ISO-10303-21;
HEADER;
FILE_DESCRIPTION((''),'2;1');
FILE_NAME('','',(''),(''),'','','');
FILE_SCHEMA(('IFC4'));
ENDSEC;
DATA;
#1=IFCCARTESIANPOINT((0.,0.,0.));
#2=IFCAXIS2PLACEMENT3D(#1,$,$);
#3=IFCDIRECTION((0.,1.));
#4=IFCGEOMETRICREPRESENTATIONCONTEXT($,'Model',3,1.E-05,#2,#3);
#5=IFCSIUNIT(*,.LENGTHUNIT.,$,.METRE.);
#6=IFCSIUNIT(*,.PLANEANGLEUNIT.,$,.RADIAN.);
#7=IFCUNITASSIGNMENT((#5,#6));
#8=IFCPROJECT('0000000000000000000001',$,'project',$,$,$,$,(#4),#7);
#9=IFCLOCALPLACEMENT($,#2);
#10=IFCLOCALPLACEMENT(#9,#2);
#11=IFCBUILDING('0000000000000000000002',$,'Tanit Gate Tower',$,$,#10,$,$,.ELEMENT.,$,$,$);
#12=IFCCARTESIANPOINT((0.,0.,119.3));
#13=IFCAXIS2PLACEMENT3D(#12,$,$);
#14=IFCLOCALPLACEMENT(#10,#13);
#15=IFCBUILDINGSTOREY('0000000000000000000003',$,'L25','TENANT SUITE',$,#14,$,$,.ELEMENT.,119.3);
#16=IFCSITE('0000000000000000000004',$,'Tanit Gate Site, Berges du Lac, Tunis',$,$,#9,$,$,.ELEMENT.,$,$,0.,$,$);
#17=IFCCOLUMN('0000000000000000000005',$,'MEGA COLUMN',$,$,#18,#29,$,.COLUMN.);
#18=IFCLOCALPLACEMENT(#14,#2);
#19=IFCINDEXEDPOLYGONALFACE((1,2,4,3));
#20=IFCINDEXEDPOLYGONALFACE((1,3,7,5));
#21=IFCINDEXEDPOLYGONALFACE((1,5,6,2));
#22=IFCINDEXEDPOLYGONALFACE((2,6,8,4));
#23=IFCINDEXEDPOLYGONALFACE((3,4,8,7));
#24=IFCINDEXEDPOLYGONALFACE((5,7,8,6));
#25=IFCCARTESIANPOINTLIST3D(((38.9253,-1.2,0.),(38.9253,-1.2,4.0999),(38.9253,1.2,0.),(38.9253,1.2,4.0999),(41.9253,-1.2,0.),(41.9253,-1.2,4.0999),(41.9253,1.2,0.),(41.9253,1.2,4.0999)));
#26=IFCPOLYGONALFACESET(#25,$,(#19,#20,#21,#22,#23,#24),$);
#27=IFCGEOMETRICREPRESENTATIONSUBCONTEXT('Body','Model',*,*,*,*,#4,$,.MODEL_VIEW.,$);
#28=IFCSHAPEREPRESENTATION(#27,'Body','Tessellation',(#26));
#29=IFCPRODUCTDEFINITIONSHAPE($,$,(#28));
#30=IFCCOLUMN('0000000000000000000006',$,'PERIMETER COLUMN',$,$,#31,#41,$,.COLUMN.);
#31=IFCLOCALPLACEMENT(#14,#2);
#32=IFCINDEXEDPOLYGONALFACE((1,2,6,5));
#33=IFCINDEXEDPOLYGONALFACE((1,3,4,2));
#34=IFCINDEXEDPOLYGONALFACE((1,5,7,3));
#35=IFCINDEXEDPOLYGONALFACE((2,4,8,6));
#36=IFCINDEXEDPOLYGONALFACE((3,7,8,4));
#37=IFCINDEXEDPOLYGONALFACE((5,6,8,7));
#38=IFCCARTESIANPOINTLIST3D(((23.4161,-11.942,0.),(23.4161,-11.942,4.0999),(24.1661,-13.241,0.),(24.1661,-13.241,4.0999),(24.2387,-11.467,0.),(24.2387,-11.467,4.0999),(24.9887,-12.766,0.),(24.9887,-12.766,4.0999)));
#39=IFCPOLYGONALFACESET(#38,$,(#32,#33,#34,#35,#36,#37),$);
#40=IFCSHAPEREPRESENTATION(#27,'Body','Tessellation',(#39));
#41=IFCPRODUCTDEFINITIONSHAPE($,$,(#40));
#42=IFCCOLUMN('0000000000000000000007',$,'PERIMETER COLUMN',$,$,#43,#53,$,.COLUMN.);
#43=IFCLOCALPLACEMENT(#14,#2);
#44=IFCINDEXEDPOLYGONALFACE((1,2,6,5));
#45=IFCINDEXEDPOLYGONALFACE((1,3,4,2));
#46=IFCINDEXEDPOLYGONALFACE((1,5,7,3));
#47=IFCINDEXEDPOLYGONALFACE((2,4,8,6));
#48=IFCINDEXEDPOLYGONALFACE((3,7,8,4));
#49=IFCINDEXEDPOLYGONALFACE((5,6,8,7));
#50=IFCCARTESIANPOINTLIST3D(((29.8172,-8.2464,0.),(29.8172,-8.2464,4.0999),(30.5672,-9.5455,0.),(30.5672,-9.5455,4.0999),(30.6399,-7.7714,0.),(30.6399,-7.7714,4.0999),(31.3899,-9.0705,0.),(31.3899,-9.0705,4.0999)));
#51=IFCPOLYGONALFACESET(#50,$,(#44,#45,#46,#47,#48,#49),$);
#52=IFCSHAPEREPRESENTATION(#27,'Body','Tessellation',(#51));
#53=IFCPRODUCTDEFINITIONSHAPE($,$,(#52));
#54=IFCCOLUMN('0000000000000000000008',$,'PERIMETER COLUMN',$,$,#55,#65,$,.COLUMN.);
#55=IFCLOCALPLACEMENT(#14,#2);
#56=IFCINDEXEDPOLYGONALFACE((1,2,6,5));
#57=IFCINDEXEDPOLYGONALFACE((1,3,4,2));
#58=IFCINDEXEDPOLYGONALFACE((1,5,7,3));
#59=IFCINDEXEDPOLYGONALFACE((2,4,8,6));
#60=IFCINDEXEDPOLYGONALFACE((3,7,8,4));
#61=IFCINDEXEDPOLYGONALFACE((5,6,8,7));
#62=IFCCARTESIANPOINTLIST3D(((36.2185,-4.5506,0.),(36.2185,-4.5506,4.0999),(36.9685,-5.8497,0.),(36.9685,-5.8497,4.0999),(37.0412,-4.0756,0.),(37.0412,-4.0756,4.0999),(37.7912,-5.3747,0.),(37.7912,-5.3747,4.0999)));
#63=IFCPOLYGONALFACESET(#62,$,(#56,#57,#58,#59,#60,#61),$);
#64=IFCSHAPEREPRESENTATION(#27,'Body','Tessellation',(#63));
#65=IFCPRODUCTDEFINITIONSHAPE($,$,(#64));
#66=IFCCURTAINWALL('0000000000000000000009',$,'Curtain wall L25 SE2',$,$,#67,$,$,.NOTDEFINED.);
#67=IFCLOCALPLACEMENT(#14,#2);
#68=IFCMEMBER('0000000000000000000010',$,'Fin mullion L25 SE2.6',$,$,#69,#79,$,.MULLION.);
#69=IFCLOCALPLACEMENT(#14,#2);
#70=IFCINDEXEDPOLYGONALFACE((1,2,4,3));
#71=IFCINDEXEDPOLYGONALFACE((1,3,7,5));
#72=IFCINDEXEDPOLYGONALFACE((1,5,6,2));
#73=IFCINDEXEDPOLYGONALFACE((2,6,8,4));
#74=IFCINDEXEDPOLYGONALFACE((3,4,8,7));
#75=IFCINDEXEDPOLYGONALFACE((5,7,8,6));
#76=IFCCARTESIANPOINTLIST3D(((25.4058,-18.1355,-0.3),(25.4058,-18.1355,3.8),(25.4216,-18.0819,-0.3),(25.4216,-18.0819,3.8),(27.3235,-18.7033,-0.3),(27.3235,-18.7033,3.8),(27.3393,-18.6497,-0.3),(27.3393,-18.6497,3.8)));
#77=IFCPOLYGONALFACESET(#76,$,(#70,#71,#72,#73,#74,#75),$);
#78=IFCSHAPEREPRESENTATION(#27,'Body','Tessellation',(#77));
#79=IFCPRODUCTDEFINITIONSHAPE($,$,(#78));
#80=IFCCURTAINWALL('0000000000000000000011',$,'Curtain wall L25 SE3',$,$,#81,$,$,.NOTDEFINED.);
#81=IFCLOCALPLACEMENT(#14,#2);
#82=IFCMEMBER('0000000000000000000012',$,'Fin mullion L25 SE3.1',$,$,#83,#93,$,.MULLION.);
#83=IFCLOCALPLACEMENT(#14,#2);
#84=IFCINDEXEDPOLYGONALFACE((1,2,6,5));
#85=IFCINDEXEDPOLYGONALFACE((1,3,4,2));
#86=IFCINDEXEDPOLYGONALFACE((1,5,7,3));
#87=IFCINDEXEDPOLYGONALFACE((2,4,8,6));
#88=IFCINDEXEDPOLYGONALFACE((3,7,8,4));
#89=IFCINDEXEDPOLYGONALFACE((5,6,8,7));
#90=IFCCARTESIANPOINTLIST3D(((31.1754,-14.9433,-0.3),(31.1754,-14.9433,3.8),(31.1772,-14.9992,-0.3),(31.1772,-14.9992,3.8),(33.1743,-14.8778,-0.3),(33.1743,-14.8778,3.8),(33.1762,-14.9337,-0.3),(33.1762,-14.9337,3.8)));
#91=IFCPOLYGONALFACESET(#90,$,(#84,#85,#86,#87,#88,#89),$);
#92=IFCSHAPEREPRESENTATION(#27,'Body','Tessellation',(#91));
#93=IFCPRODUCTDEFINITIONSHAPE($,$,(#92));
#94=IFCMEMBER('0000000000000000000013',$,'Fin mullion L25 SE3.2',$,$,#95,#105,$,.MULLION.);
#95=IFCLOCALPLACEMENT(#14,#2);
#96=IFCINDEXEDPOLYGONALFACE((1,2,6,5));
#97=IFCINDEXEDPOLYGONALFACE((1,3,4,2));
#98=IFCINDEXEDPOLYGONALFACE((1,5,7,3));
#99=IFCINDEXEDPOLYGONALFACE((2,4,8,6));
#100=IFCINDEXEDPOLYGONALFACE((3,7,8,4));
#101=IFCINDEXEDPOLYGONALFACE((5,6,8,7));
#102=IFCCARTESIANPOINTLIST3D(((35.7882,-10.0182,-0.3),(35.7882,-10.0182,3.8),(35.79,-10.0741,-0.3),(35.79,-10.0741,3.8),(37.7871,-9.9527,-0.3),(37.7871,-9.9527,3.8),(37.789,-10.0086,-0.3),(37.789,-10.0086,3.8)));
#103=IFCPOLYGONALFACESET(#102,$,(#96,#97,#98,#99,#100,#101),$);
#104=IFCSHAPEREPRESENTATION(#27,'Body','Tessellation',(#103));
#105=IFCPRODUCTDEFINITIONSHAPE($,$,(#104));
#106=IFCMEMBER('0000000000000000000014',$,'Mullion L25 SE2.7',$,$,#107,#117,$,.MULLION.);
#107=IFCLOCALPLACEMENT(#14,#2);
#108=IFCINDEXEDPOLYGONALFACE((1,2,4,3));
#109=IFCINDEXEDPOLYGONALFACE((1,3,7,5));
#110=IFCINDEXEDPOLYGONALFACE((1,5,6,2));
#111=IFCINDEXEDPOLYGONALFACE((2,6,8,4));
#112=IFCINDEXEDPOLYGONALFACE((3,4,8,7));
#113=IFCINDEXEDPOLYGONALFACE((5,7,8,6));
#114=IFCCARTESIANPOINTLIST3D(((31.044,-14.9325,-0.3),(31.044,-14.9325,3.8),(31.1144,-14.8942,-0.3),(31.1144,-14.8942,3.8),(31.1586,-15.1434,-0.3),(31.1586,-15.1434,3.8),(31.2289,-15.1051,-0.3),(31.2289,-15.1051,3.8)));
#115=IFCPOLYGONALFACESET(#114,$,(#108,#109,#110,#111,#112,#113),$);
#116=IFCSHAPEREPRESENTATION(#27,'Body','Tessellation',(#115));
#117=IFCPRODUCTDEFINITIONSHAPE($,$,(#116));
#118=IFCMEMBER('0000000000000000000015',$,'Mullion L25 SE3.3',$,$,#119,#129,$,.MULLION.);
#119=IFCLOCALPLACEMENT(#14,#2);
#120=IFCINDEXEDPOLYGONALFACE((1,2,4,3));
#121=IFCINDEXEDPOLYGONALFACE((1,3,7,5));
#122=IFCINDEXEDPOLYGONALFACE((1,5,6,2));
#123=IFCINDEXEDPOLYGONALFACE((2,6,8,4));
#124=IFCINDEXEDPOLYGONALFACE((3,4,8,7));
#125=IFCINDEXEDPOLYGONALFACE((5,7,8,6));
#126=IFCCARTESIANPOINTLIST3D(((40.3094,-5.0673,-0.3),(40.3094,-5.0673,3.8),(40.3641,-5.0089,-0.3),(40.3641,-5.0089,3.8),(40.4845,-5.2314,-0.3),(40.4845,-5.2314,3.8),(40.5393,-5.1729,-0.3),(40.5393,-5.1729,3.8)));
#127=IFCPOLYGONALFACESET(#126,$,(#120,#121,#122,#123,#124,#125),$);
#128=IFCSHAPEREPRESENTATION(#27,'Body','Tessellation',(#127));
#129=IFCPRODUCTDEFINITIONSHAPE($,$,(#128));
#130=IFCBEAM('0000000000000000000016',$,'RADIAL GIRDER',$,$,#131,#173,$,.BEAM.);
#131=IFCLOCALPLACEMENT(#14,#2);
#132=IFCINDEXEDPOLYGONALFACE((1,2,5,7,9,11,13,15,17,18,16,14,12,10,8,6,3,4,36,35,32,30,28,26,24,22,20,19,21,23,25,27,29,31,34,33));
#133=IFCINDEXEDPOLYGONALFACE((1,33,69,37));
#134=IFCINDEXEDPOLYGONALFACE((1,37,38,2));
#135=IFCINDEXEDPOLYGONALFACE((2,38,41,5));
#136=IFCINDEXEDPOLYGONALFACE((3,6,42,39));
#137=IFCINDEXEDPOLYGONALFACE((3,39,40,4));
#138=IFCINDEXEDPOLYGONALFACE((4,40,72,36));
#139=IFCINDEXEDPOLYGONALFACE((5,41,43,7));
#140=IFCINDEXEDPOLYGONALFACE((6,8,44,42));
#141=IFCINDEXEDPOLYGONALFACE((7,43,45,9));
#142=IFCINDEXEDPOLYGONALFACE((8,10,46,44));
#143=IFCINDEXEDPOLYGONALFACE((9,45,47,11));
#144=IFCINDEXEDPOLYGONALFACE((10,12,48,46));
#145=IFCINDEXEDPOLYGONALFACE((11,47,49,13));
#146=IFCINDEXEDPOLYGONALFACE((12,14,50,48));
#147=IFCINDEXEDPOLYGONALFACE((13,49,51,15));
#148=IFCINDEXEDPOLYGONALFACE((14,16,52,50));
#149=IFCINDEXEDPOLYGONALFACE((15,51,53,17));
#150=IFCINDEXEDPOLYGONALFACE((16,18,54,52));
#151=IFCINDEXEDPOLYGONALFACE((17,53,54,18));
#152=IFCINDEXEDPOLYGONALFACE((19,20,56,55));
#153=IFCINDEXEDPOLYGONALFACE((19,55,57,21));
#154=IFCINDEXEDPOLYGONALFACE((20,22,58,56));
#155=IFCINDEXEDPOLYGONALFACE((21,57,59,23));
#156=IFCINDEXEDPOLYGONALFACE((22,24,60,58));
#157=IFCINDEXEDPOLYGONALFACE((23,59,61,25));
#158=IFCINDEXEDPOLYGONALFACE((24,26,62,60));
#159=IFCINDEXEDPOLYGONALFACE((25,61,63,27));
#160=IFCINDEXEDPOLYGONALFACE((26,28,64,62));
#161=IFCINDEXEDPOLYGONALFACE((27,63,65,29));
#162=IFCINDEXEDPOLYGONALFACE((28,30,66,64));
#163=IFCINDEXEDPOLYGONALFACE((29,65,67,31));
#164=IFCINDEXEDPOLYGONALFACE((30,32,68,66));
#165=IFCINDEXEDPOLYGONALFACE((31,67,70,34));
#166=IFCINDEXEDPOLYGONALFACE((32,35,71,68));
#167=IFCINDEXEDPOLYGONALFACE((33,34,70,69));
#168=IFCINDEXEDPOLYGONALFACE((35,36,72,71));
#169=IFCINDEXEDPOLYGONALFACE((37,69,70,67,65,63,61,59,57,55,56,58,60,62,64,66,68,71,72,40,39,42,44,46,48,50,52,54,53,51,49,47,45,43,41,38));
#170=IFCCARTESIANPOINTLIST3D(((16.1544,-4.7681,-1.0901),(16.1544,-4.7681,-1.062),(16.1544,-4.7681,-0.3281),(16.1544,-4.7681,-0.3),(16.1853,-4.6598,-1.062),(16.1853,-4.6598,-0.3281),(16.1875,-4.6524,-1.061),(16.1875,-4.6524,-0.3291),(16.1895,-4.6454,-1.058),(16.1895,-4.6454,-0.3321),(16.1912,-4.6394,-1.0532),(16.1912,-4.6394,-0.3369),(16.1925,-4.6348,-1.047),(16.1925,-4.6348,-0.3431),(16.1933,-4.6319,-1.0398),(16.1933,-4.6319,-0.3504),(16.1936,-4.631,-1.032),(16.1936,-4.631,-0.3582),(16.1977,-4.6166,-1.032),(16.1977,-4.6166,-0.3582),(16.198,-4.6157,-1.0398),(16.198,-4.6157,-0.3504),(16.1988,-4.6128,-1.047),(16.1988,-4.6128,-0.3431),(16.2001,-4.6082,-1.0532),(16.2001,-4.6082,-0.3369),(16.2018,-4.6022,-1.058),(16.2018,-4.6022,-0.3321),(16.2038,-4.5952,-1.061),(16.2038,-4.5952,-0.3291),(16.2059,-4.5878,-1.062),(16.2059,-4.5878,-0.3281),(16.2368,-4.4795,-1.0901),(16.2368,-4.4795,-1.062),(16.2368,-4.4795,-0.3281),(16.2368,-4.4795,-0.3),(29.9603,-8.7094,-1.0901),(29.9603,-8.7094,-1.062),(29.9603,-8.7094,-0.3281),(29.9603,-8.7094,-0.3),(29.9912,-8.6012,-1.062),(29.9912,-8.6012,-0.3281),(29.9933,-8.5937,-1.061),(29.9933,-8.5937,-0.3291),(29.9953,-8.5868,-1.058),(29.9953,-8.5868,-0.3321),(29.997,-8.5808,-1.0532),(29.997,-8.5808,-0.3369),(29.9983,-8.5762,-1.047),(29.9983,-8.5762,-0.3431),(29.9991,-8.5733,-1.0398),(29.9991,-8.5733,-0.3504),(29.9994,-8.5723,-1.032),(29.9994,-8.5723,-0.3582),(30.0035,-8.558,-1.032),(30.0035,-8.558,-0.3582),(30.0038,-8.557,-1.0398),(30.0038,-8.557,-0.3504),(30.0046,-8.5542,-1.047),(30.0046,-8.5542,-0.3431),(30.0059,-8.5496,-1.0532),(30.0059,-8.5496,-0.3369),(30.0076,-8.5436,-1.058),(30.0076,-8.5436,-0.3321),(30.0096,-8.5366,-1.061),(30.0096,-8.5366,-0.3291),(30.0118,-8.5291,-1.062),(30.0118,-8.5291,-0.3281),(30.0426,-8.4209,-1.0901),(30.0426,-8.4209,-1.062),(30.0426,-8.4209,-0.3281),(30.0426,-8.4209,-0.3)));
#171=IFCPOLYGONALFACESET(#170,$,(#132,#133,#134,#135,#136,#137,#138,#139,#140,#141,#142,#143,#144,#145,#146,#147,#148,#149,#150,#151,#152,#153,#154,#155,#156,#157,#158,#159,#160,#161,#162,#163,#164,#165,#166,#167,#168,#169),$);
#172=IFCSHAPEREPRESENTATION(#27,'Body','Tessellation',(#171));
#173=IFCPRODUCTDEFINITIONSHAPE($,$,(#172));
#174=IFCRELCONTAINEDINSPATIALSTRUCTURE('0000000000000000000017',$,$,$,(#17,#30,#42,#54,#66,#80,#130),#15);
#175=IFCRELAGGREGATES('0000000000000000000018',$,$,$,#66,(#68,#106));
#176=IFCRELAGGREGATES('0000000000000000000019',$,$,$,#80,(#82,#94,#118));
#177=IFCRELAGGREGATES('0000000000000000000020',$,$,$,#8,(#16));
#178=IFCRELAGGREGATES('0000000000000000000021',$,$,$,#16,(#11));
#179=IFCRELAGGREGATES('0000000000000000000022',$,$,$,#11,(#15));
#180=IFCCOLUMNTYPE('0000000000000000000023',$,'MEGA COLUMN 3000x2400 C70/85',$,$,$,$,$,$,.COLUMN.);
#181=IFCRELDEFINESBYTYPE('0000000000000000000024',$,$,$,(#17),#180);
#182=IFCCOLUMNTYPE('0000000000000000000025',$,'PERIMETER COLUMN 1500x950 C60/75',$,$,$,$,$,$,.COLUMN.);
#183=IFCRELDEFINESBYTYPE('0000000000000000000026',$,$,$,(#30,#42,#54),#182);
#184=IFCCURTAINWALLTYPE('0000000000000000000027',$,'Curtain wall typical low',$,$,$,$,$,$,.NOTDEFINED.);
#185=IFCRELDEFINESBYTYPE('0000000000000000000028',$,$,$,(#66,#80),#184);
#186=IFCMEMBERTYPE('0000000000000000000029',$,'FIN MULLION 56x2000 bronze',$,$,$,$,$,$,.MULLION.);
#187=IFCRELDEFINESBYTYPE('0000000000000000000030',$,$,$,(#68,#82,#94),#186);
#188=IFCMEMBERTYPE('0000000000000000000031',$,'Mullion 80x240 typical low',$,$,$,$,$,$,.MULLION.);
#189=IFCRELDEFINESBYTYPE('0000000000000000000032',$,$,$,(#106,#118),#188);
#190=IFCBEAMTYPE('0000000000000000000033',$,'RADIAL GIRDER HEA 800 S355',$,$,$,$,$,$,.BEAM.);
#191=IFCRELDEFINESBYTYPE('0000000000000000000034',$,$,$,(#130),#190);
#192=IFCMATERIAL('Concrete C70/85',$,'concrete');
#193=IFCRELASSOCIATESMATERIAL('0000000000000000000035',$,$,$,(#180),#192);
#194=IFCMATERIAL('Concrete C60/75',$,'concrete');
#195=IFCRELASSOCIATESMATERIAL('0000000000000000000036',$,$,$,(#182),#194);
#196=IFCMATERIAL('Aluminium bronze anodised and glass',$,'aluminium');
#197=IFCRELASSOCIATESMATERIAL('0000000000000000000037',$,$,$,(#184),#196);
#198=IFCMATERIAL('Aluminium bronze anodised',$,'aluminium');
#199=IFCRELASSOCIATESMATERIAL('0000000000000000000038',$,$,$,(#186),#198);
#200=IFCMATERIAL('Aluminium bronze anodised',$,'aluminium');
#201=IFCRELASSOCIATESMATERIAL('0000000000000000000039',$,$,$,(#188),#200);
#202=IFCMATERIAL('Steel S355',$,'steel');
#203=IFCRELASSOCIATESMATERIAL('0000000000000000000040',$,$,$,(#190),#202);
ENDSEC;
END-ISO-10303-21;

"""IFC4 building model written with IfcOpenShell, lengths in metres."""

from ifc_helpers import new_model, si_unit, direction, frame, origin, origin_2d, place, context, subcontext, project, spatial, rectangle, i_section, extrude, material, material_profile, profile_set, type_object, element, aggregate, save


model = new_model("IFC4")

# Units and contexts
model_context = context("Model", 3, precision=1e-05, world=origin(), true_north=direction((0.0, 1.0)))
body_context = subcontext(model_context, "Body", "Model", "MODEL_VIEW")
ifc_project = project(units=[si_unit("LENGTHUNIT", "METRE"), si_unit("PLANEANGLEUNIT", "RADIAN")], contexts=[model_context])

# Site, building, storey
site_placement = place(None, origin())
site = spatial("IfcSite", under=ifc_project, at=site_placement, Name="Tanit Gate Site, Berges du Lac, Tunis", CompositionType="ELEMENT", RefElevation=0.0)
building_placement = place(site_placement, origin())
building = spatial("IfcBuilding", under=site, at=building_placement, Name="Tanit Gate Tower", CompositionType="ELEMENT")
storey_placement = place(building_placement, frame((0.0, 0.0, 119.3)))
storey = spatial("IfcBuildingStorey", under=building, at=storey_placement, Name="L25", Description="TENANT SUITE", CompositionType="ELEMENT", Elevation=119.3)

# Columns
ifc_material_1 = material(Name="Concrete C70/85", Category="concrete")
ifc_material_profile_1 = material_profile(ifc_material_1, rectangle(XDim=3.0, YDim=2.3999, at=origin_2d()), Name="RC 3000x2400")
ifc_profile_set_1 = profile_set([ifc_material_profile_1], Name="Concrete C70/85")
column_type_1 = type_object("IfcColumnType", Name="MEGA COLUMN 3000x2400 C70/85", PredefinedType="COLUMN", material=ifc_profile_set_1)
column_placement = place(storey_placement, frame((40.4253, 0.0, 0.0), z_axis=(0.0, 0.0, 1.0), x_axis=(1.0, 0.0, 0.0)))
element("IfcColumn", 1, at=column_placement, inside=storey, type_object=column_type_1, Name="MEGA COLUMN", PredefinedType="COLUMN", context=body_context, shape_type="SweptSolid", body=[
    extrude(rectangle(XDim=3.0, YDim=2.3999, at=origin_2d()), origin(), (0.0, 0.0, 1.0), 4.0999),
])
ifc_material_2 = material(Name="Concrete C60/75", Category="concrete")
ifc_material_profile_2 = material_profile(ifc_material_2, rectangle(XDim=1.5, YDim=0.95, at=origin_2d()), Name="RC 1500x950")
ifc_profile_set_2 = profile_set([ifc_material_profile_2], Name="Concrete C60/75")
column_type_2 = type_object("IfcColumnType", Name="PERIMETER COLUMN 1500x950 C60/75", PredefinedType="COLUMN", material=ifc_profile_set_2)
for number, where, z_axis, x_axis, name in (
    (2, (24.2024, -12.354, 0.0), (0.0, 0.0, 1.0), (0.5, -0.866025, 0.0), "PERIMETER COLUMN"),
    (3, (30.6035, -8.6584, 0.0), (0.0, 0.0, 1.0), (0.5, -0.866025, 0.0), "PERIMETER COLUMN"),
    (4, (37.0049, -4.9626, 0.0), (0.0, 0.0, 1.0), (0.5, -0.866025, 0.0), "PERIMETER COLUMN"),
):
    element("IfcColumn", number, at=place(storey_placement, frame(where, z_axis=z_axis, x_axis=x_axis)), inside=storey, type_object=column_type_2, Name=name, PredefinedType="COLUMN", context=body_context, shape_type="SweptSolid", body=[
        extrude(rectangle(XDim=1.5, YDim=0.95, at=origin_2d()), origin(), (0.0, 0.0, 1.0), 4.0999),
    ])

# Curtain wall, member
ifc_material_3 = material(Name="Aluminium bronze anodised and glass", Category="aluminium")
curtain_wall_type = type_object("IfcCurtainWallType", Name="Curtain wall typical low", PredefinedType="NOTDEFINED", material=ifc_material_3)
curtain_wall_1_placement = place(storey_placement, origin())
curtain_wall_1 = element("IfcCurtainWall", 5, at=curtain_wall_1_placement, inside=storey, type_object=curtain_wall_type, Name="Curtain wall L25 SE2", PredefinedType="NOTDEFINED")
ifc_material_4 = material(Name="Aluminium bronze anodised", Category="aluminium")
ifc_material_profile_3 = material_profile(ifc_material_4, rectangle(XDim=2.0, YDim=0.0559, at=origin_2d()), Name="56x2000 bronze fin mullion")
ifc_profile_set_3 = profile_set([ifc_material_profile_3], Name="Aluminium bronze anodised")
member_type_1 = type_object("IfcMemberType", Name="FIN MULLION 56x2000 bronze", PredefinedType="MULLION", material=ifc_profile_set_3)
member_1_placement = place(storey_placement, frame((26.3726, -18.3926, -0.3), z_axis=(0.0, 0.0, 1.0), x_axis=(-0.958852, 0.283906, 0.0)))
member_1 = element("IfcMember", 6, at=member_1_placement, type_object=member_type_1, Name="Fin mullion L25 SE2.6", PredefinedType="MULLION", context=body_context, shape_type="SweptSolid", body=[
    extrude(rectangle(XDim=2.0, YDim=0.0559, at=origin_2d()), origin(), (0.0, 0.0, 1.0), 4.1001),
])

# Curtain wall, members
curtain_wall_2_placement = place(storey_placement, origin())
curtain_wall_2 = element("IfcCurtainWall", 7, at=curtain_wall_2_placement, inside=storey, type_object=curtain_wall_type, Name="Curtain wall L25 SE3", PredefinedType="NOTDEFINED")
member_2_placement = place(storey_placement, frame((32.1758, -14.9385, -0.3), z_axis=(0.0, 0.0, 1.0), x_axis=(-0.999464, -0.03274, 0.0)))
member_2 = element("IfcMember", 8, at=member_2_placement, type_object=member_type_1, Name="Fin mullion L25 SE3.1", PredefinedType="MULLION", context=body_context, shape_type="SweptSolid", body=[
    extrude(rectangle(XDim=2.0, YDim=0.0559, at=origin_2d()), origin(), (0.0, 0.0, 1.0), 4.1001),
])
member_3_placement = place(storey_placement, frame((36.7886, -10.0134, -0.3), z_axis=(0.0, 0.0, 1.0), x_axis=(-0.999464, -0.03274, 0.0)))
member_3 = element("IfcMember", 9, at=member_3_placement, type_object=member_type_1, Name="Fin mullion L25 SE3.2", PredefinedType="MULLION", context=body_context, shape_type="SweptSolid", body=[
    extrude(rectangle(XDim=2.0, YDim=0.0559, at=origin_2d()), origin(), (0.0, 0.0, 1.0), 4.1001),
])

# Members
ifc_material_5 = material(Name="Aluminium bronze anodised", Category="aluminium")
ifc_material_profile_4 = material_profile(ifc_material_5, rectangle(XDim=0.24, YDim=0.0801, at=origin_2d()), Name="80x240 bronze mullion")
ifc_profile_set_4 = profile_set([ifc_material_profile_4], Name="Aluminium bronze anodised")
member_type_2 = type_object("IfcMemberType", Name="Mullion 80x240 typical low", PredefinedType="MULLION", material=ifc_profile_set_4)
member_4_placement = place(storey_placement, frame((31.1365, -15.0188, -0.3), z_axis=(0.0, 0.0, 1.0), x_axis=(-0.477259, 0.878762, 0.0)))
member_4 = element("IfcMember", 10, at=member_4_placement, type_object=member_type_2, Name="Mullion L25 SE2.7", PredefinedType="MULLION", context=body_context, shape_type="SweptSolid", body=[
    extrude(rectangle(XDim=0.24, YDim=0.0801, at=origin_2d()), origin(), (0.0, 0.0, 1.0), 4.1001),
])
member_5_placement = place(storey_placement, frame((40.4243, -5.1201, -0.3), z_axis=(0.0, 0.0, 1.0), x_axis=(-0.729879, 0.683577, 0.0)))
member_5 = element("IfcMember", 11, at=member_5_placement, type_object=member_type_2, Name="Mullion L25 SE3.3", PredefinedType="MULLION", context=body_context, shape_type="SweptSolid", body=[
    extrude(rectangle(XDim=0.24, YDim=0.0801, at=origin_2d()), origin(), (0.0, 0.0, 1.0), 4.1001),
])

# Beam
ifc_material_6 = material(Name="Steel S355", Category="steel")
ifc_material_profile_5 = material_profile(ifc_material_6, i_section(OverallWidth=0.3, OverallDepth=0.79, WebThickness=0.0149, FlangeThickness=0.0281, FilletRadius=0.03, at=origin_2d()), Name="HEA 800")
ifc_profile_set_5 = profile_set([ifc_material_profile_5], Name="Steel S355")
beam_type_1 = type_object("IfcBeamType", Name="RADIAL GIRDER HEA 800 S355", PredefinedType="BEAM", material=ifc_profile_set_5)
beam_1_placement = place(storey_placement, frame((30.0015, -8.5652, -0.6951), z_axis=(-0.961582, 0.274519, 0.0), x_axis=(-0.274519, -0.961582, 0.0)))
element("IfcBeam", 12, at=beam_1_placement, inside=storey, type_object=beam_type_1, Name="RADIAL GIRDER", PredefinedType="BEAM", context=body_context, shape_type="SweptSolid", body=[
    extrude(i_section(OverallWidth=0.3, OverallDepth=0.79, WebThickness=0.0149, FlangeThickness=0.0281, FilletRadius=0.03, at=origin_2d()), origin(), (0.0, 0.0, 1.0), 14.3574),
])

aggregate(curtain_wall_1, [member_1, member_4])
aggregate(curtain_wall_2, [member_2, member_3, member_5])

save(model, "model.ifc")
